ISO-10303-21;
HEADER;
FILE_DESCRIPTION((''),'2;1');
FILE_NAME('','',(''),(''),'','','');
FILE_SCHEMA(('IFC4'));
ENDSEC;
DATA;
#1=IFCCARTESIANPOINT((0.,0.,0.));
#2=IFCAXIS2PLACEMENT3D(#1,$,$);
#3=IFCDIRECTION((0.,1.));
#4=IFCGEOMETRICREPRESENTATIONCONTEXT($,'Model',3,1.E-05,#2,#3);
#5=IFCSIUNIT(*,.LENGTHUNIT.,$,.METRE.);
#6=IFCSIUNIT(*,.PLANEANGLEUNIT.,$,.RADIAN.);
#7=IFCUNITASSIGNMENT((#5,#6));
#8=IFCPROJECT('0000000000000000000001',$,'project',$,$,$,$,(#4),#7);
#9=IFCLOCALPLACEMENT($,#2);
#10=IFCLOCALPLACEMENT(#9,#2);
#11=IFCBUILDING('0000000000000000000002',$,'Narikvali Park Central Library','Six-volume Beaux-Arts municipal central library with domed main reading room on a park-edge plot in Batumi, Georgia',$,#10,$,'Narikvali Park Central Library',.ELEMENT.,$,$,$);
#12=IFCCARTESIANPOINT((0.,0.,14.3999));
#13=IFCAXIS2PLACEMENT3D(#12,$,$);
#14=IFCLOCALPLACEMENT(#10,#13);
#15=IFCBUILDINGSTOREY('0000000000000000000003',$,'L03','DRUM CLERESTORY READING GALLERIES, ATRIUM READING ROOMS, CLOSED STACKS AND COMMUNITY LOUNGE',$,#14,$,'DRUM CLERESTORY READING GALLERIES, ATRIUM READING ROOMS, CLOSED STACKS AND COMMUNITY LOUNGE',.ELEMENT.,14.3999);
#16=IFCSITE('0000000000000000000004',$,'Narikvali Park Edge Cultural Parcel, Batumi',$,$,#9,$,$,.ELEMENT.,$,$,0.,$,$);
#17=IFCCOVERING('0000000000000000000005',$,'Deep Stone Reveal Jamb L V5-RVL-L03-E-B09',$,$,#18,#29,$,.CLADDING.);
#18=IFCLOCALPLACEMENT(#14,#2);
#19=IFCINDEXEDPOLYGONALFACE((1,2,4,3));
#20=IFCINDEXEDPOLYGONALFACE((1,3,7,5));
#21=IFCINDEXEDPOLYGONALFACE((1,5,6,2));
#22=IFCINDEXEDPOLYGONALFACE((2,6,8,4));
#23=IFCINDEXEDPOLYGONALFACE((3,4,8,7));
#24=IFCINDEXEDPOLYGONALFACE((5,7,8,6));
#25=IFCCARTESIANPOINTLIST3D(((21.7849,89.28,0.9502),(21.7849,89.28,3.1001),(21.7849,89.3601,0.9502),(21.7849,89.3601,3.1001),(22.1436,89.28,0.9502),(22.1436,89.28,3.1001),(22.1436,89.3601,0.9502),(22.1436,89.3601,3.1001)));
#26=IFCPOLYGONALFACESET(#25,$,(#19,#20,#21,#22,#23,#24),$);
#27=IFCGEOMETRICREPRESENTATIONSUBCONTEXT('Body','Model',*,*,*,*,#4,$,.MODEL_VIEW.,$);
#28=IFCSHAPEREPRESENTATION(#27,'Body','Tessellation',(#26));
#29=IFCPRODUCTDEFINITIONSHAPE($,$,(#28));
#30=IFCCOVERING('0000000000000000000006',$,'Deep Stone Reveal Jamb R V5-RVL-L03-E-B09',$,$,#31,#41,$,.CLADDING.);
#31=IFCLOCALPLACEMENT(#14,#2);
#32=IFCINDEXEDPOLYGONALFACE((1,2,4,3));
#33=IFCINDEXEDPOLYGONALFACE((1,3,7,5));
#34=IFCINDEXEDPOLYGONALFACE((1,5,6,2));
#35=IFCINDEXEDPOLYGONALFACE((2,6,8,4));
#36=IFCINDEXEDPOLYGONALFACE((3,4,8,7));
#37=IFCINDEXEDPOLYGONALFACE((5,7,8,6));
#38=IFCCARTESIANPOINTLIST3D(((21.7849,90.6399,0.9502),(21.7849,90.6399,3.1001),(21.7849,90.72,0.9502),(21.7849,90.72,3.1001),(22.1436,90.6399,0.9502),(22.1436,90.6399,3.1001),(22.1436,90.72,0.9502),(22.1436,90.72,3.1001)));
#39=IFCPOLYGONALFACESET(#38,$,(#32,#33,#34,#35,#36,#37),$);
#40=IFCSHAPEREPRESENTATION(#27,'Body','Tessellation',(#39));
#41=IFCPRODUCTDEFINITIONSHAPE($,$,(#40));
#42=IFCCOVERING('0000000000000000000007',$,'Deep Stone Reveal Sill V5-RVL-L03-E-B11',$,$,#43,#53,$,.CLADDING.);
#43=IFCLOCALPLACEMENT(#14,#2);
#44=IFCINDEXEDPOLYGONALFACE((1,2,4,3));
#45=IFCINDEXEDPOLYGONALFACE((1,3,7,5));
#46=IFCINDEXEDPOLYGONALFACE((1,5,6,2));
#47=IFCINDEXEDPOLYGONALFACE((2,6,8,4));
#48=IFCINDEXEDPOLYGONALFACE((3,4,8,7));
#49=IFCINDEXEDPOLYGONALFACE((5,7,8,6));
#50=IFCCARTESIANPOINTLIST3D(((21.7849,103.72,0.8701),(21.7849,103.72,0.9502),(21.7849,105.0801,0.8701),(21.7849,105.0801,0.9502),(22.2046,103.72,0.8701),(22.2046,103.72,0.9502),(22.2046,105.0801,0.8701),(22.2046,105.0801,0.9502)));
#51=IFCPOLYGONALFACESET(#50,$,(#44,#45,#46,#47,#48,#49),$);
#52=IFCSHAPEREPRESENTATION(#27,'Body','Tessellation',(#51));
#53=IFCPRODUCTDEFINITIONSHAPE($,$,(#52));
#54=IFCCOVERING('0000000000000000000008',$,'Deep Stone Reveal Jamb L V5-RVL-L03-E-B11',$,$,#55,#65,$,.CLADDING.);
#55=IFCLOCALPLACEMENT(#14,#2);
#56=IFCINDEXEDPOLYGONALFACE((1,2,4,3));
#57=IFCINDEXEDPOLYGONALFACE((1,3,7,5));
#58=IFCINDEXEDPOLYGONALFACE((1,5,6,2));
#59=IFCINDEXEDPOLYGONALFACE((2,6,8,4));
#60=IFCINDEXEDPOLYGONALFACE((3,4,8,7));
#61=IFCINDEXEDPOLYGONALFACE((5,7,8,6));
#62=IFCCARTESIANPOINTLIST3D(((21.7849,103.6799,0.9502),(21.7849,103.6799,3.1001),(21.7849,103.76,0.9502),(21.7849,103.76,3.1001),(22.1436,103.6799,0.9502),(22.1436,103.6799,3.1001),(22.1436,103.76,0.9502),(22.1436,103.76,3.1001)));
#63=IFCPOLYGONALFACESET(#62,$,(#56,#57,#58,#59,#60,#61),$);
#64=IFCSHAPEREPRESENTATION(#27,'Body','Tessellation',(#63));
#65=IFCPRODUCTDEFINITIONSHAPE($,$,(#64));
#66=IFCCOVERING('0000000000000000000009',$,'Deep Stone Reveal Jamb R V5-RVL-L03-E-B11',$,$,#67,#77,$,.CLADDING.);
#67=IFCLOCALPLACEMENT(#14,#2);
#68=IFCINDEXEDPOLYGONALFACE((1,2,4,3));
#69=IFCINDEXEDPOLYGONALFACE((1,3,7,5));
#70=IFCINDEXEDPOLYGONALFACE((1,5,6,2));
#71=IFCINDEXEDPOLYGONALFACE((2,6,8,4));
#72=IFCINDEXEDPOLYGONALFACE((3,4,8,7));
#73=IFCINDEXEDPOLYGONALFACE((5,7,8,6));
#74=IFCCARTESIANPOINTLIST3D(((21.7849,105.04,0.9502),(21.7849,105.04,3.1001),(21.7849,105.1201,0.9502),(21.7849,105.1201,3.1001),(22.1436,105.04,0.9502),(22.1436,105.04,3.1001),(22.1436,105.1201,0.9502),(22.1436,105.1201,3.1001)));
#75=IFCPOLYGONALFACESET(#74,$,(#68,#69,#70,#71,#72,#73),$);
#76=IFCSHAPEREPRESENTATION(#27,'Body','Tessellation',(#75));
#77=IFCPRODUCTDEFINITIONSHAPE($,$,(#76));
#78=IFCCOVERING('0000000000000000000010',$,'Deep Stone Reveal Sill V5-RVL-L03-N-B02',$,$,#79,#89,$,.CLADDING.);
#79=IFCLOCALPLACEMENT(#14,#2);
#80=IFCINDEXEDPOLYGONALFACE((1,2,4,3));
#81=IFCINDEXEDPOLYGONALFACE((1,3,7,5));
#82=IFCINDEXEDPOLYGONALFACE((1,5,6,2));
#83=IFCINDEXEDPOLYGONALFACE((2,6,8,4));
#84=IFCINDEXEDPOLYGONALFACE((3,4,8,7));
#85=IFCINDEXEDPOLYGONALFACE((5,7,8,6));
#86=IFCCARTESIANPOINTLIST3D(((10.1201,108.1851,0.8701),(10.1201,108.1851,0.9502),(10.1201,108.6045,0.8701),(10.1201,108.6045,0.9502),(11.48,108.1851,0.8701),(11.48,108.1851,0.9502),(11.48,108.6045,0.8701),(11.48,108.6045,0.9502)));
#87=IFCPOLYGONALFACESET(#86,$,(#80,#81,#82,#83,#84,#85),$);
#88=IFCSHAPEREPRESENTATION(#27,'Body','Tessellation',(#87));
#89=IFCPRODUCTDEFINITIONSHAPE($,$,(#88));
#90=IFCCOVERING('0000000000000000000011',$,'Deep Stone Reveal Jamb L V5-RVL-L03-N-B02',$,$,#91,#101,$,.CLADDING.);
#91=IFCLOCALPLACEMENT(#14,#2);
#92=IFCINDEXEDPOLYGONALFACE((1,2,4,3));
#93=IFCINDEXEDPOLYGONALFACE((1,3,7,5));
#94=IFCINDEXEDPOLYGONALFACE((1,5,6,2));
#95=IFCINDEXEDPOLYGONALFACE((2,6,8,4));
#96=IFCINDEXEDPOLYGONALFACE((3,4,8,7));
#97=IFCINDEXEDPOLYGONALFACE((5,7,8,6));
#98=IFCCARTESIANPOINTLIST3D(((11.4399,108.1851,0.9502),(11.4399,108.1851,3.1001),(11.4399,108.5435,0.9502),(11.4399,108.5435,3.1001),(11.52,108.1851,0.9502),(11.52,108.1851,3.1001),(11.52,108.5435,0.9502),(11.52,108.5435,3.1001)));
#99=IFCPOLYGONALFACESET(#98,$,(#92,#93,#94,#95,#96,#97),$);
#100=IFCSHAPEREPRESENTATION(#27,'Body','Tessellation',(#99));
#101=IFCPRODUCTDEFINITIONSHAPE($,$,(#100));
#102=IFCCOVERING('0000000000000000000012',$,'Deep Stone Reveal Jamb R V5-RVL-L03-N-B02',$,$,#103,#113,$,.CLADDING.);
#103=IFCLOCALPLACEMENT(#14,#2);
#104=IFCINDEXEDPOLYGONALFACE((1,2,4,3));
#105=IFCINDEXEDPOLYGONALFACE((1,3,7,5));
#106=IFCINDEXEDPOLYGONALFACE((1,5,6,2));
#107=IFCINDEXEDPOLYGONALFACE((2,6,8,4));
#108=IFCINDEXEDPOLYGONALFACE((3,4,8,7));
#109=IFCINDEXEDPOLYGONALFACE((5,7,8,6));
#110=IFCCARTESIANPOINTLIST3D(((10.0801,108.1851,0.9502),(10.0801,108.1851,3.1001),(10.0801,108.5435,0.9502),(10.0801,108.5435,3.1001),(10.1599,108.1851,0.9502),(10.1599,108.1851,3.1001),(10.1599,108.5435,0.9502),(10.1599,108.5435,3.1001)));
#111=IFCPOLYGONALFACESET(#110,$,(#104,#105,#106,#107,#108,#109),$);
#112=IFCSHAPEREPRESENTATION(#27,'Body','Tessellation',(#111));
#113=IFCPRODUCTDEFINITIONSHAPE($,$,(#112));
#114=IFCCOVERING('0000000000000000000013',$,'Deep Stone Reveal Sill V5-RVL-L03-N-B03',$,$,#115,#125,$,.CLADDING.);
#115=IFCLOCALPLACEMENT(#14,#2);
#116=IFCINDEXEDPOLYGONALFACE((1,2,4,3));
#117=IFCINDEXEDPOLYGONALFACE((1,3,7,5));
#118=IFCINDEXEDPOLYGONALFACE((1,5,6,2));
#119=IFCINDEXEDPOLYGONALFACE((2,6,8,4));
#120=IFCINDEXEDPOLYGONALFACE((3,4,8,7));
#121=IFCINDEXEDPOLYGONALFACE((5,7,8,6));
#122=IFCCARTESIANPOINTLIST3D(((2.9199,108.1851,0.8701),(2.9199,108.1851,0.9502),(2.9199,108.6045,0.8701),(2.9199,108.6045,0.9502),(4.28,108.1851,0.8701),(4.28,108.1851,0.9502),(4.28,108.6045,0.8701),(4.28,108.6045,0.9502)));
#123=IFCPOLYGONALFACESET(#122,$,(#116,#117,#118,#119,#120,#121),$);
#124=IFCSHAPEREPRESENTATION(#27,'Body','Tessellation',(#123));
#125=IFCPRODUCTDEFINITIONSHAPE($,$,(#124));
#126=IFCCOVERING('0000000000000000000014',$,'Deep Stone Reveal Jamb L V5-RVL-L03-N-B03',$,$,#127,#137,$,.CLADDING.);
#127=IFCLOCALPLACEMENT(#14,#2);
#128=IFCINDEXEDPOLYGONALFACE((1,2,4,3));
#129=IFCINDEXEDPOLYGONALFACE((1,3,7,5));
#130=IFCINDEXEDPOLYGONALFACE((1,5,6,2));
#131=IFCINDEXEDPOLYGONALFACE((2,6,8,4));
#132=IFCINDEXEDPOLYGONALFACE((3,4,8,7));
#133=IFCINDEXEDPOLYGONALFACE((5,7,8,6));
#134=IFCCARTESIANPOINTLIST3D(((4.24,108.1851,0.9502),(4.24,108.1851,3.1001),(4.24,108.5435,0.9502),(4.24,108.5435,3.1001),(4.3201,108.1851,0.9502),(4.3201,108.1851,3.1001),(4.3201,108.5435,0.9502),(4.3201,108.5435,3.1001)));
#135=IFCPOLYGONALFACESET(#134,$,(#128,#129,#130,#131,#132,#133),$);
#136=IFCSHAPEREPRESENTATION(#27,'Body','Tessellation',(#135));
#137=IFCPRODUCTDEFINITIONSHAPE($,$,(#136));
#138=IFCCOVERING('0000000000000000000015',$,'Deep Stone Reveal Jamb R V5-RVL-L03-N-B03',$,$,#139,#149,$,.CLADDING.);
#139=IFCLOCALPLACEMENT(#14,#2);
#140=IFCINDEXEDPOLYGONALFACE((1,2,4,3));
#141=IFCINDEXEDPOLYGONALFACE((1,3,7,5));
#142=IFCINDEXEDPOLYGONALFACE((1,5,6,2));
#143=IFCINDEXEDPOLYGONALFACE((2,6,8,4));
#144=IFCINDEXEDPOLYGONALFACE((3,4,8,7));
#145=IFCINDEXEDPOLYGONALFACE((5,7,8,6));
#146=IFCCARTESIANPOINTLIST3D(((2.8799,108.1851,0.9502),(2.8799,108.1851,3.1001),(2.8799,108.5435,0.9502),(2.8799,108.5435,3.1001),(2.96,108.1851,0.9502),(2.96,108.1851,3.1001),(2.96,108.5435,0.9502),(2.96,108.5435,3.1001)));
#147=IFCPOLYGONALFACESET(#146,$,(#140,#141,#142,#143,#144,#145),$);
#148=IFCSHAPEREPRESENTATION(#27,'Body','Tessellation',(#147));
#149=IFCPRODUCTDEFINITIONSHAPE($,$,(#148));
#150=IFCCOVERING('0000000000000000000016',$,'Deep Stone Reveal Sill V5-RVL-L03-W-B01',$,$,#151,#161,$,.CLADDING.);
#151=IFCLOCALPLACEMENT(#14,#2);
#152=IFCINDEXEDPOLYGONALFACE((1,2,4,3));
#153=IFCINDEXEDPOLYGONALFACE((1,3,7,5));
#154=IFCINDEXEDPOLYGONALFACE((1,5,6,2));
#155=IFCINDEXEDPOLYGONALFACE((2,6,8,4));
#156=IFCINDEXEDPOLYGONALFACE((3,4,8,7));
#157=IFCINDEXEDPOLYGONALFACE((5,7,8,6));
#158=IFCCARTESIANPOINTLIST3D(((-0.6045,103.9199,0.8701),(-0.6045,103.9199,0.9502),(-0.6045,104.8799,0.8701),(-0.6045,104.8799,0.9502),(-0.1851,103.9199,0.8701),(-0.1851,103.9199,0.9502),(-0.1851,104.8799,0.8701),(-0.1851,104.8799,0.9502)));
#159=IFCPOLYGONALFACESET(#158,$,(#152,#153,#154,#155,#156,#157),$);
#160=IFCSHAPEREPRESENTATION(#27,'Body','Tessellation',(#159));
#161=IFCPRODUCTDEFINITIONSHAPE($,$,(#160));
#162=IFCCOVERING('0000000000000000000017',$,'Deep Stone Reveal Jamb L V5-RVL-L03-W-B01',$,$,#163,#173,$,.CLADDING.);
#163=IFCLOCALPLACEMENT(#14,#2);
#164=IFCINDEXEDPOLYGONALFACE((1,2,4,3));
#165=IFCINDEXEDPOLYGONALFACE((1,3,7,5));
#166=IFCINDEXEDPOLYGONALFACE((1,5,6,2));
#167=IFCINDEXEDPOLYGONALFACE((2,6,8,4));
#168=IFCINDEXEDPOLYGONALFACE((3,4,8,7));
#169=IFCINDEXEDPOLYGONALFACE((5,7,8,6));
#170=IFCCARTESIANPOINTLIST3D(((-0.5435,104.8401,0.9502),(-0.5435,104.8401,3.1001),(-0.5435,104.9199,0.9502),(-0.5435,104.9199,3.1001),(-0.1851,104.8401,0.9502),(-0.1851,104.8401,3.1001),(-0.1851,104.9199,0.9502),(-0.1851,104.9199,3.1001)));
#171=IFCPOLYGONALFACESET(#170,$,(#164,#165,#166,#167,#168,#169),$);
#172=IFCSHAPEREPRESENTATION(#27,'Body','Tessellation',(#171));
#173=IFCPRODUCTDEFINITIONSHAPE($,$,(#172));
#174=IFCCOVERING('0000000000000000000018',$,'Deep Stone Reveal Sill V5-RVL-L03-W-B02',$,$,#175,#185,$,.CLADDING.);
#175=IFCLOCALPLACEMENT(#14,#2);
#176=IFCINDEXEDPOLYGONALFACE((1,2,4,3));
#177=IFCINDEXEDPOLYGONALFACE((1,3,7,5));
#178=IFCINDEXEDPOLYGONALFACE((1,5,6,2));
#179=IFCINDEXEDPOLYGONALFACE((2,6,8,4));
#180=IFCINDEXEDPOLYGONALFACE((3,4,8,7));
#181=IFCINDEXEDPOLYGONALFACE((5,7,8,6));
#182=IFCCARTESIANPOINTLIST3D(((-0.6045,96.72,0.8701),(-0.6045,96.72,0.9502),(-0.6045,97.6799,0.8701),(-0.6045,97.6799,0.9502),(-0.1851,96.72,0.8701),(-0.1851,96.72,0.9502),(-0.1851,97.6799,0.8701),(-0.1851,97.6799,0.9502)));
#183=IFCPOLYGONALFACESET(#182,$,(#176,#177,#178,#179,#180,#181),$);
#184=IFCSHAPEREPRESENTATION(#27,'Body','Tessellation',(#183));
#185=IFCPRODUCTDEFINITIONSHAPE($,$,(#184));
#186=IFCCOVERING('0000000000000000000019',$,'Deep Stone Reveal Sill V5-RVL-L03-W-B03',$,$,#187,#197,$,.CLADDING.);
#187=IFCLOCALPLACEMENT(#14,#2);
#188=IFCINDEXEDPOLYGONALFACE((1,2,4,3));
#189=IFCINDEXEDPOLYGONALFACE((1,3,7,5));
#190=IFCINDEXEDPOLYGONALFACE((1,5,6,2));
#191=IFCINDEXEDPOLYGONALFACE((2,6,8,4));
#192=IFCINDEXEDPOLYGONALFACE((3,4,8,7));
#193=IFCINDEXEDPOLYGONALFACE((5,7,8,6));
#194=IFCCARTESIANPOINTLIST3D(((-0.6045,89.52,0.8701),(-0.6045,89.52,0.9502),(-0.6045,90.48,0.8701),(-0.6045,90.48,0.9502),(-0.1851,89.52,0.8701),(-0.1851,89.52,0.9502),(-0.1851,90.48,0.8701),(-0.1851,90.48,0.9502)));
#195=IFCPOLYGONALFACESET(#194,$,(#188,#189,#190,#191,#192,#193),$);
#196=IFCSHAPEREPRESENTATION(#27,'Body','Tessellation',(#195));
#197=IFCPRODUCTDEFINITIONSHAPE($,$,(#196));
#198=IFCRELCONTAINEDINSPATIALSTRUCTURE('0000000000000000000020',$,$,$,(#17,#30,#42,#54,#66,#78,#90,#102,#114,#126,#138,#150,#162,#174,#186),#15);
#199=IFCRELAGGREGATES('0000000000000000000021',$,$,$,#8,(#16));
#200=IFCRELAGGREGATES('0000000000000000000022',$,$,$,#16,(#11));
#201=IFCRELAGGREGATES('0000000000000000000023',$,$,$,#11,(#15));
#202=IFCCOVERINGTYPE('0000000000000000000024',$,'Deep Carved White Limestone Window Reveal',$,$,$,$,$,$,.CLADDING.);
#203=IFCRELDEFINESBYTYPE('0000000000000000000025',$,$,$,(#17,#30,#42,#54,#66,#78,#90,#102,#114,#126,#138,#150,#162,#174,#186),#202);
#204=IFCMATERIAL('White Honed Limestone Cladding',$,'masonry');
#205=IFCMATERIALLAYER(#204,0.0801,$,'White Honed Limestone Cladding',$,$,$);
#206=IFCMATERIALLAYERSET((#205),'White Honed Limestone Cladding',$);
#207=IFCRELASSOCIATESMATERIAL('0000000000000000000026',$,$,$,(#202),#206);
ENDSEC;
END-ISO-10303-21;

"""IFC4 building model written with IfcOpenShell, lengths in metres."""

from ifc_helpers import new_model, si_unit, direction, frame, origin, place, context, subcontext, project, spatial, polyline, outline, extrude, material, layer, layer_set, type_object, element, save


model = new_model("IFC4")

# Units and contexts
model_context = context("Model", 3, precision=1e-05, world=origin(), true_north=direction((0.0, 1.0)))
body_context = subcontext(model_context, "Body", "Model", "MODEL_VIEW")
ifc_project = project(units=[si_unit("LENGTHUNIT", "METRE"), si_unit("PLANEANGLEUNIT", "RADIAN")], contexts=[model_context])

# Site, building, storey
site_placement = place(None, origin())
site = spatial("IfcSite", under=ifc_project, at=site_placement, Name="Narikvali Park Edge Cultural Parcel, Batumi", CompositionType="ELEMENT", RefElevation=0.0)
building_placement = place(site_placement, origin())
building = spatial("IfcBuilding", under=site, at=building_placement, Name="Narikvali Park Central Library", Description="Six-volume Beaux-Arts municipal central library with domed main reading room on a park-edge plot in Batumi, Georgia", LongName="Narikvali Park Central Library", CompositionType="ELEMENT")
storey_placement = place(building_placement, frame((0.0, 0.0, 14.3999)))
storey = spatial("IfcBuildingStorey", under=building, at=storey_placement, Name="L03", Description="DRUM CLERESTORY READING GALLERIES, ATRIUM READING ROOMS, CLOSED STACKS AND COMMUNITY LOUNGE", LongName="DRUM CLERESTORY READING GALLERIES, ATRIUM READING ROOMS, CLOSED STACKS AND COMMUNITY LOUNGE", CompositionType="ELEMENT", Elevation=14.3999)

# Coverings
ifc_material = material(Name="White Honed Limestone Cladding", Category="masonry")
ifc_layer = layer(ifc_material, 0.0801, Name="White Honed Limestone Cladding")
ifc_layer_set = layer_set([ifc_layer], Name="White Honed Limestone Cladding")
covering_type = type_object("IfcCoveringType", Name="Deep Carved White Limestone Window Reveal", PredefinedType="CLADDING", material=ifc_layer_set)
covering_1_placement = place(storey_placement, frame((0.0, 0.0, 0.9502)))
element("IfcCovering", 1, at=covering_1_placement, inside=storey, type_object=covering_type, Name="Deep Stone Reveal Jamb L V5-RVL-L03-E-B09", PredefinedType="CLADDING", context=body_context, shape_type="SweptSolid", body=[
    extrude(outline(polyline([(21.7849, 89.28), (21.7849, 89.3601), (22.1436, 89.3601), (22.1436, 89.28), (21.7849, 89.28)])), origin(), (0.0, 0.0, 1.0), 2.1499),
])
covering_2_placement = place(storey_placement, frame((0.0, 0.0, 0.9502)))
element("IfcCovering", 2, at=covering_2_placement, inside=storey, type_object=covering_type, Name="Deep Stone Reveal Jamb R V5-RVL-L03-E-B09", PredefinedType="CLADDING", context=body_context, shape_type="SweptSolid", body=[
    extrude(outline(polyline([(21.7849, 90.6399), (21.7849, 90.72), (22.1436, 90.72), (22.1436, 90.6399), (21.7849, 90.6399)])), origin(), (0.0, 0.0, 1.0), 2.1499),
])
covering_3_placement = place(storey_placement, frame((0.0, 0.0, 0.8701)))
element("IfcCovering", 3, at=covering_3_placement, inside=storey, type_object=covering_type, Name="Deep Stone Reveal Sill V5-RVL-L03-E-B11", PredefinedType="CLADDING", context=body_context, shape_type="SweptSolid", body=[
    extrude(outline(polyline([(21.7849, 103.72), (21.7849, 105.0801), (22.2046, 105.0801), (22.2046, 103.72), (21.7849, 103.72)])), origin(), (0.0, 0.0, 1.0), 0.0801),
])
covering_4_placement = place(storey_placement, frame((0.0, 0.0, 0.9502)))
element("IfcCovering", 4, at=covering_4_placement, inside=storey, type_object=covering_type, Name="Deep Stone Reveal Jamb L V5-RVL-L03-E-B11", PredefinedType="CLADDING", context=body_context, shape_type="SweptSolid", body=[
    extrude(outline(polyline([(21.7849, 103.6799), (21.7849, 103.76), (22.1436, 103.76), (22.1436, 103.6799), (21.7849, 103.6799)])), origin(), (0.0, 0.0, 1.0), 2.1499),
])
covering_5_placement = place(storey_placement, frame((0.0, 0.0, 0.9502)))
element("IfcCovering", 5, at=covering_5_placement, inside=storey, type_object=covering_type, Name="Deep Stone Reveal Jamb R V5-RVL-L03-E-B11", PredefinedType="CLADDING", context=body_context, shape_type="SweptSolid", body=[
    extrude(outline(polyline([(21.7849, 105.04), (21.7849, 105.1201), (22.1436, 105.1201), (22.1436, 105.04), (21.7849, 105.04)])), origin(), (0.0, 0.0, 1.0), 2.1499),
])
covering_6_placement = place(storey_placement, frame((0.0, 0.0, 0.8701)))
element("IfcCovering", 6, at=covering_6_placement, inside=storey, type_object=covering_type, Name="Deep Stone Reveal Sill V5-RVL-L03-N-B02", PredefinedType="CLADDING", context=body_context, shape_type="SweptSolid", body=[
    extrude(outline(polyline([(11.48, 108.1851), (10.1201, 108.1851), (10.1201, 108.6045), (11.48, 108.6045), (11.48, 108.1851)])), origin(), (0.0, 0.0, 1.0), 0.0801),
])
covering_7_placement = place(storey_placement, frame((0.0, 0.0, 0.9502)))
element("IfcCovering", 7, at=covering_7_placement, inside=storey, type_object=covering_type, Name="Deep Stone Reveal Jamb L V5-RVL-L03-N-B02", PredefinedType="CLADDING", context=body_context, shape_type="SweptSolid", body=[
    extrude(outline(polyline([(11.52, 108.1851), (11.4399, 108.1851), (11.4399, 108.5435), (11.52, 108.5435), (11.52, 108.1851)])), origin(), (0.0, 0.0, 1.0), 2.1499),
])
covering_8_placement = place(storey_placement, frame((0.0, 0.0, 0.9502)))
element("IfcCovering", 8, at=covering_8_placement, inside=storey, type_object=covering_type, Name="Deep Stone Reveal Jamb R V5-RVL-L03-N-B02", PredefinedType="CLADDING", context=body_context, shape_type="SweptSolid", body=[
    extrude(outline(polyline([(10.1599, 108.1851), (10.0801, 108.1851), (10.0801, 108.5435), (10.1599, 108.5435), (10.1599, 108.1851)])), origin(), (0.0, 0.0, 1.0), 2.1499),
])
covering_9_placement = place(storey_placement, frame((0.0, 0.0, 0.8701)))
element("IfcCovering", 9, at=covering_9_placement, inside=storey, type_object=covering_type, Name="Deep Stone Reveal Sill V5-RVL-L03-N-B03", PredefinedType="CLADDING", context=body_context, shape_type="SweptSolid", body=[
    extrude(outline(polyline([(4.28, 108.1851), (2.9199, 108.1851), (2.9199, 108.6045), (4.28, 108.6045), (4.28, 108.1851)])), origin(), (0.0, 0.0, 1.0), 0.0801),
])
covering_10_placement = place(storey_placement, frame((0.0, 0.0, 0.9502)))
element("IfcCovering", 10, at=covering_10_placement, inside=storey, type_object=covering_type, Name="Deep Stone Reveal Jamb L V5-RVL-L03-N-B03", PredefinedType="CLADDING", context=body_context, shape_type="SweptSolid", body=[
    extrude(outline(polyline([(4.3201, 108.1851), (4.24, 108.1851), (4.24, 108.5435), (4.3201, 108.5435), (4.3201, 108.1851)])), origin(), (0.0, 0.0, 1.0), 2.1499),
])
covering_11_placement = place(storey_placement, frame((0.0, 0.0, 0.9502)))
element("IfcCovering", 11, at=covering_11_placement, inside=storey, type_object=covering_type, Name="Deep Stone Reveal Jamb R V5-RVL-L03-N-B03", PredefinedType="CLADDING", context=body_context, shape_type="SweptSolid", body=[
    extrude(outline(polyline([(2.96, 108.1851), (2.8799, 108.1851), (2.8799, 108.5435), (2.96, 108.5435), (2.96, 108.1851)])), origin(), (0.0, 0.0, 1.0), 2.1499),
])
covering_12_placement = place(storey_placement, frame((0.0, 0.0, 0.8701)))
element("IfcCovering", 12, at=covering_12_placement, inside=storey, type_object=covering_type, Name="Deep Stone Reveal Sill V5-RVL-L03-W-B01", PredefinedType="CLADDING", context=body_context, shape_type="SweptSolid", body=[
    extrude(outline(polyline([(-0.1851, 104.8799), (-0.1851, 103.9199), (-0.6045, 103.9199), (-0.6045, 104.8799), (-0.1851, 104.8799)])), origin(), (0.0, 0.0, 1.0), 0.0801),
])
covering_13_placement = place(storey_placement, frame((0.0, 0.0, 0.9502)))
element("IfcCovering", 13, at=covering_13_placement, inside=storey, type_object=covering_type, Name="Deep Stone Reveal Jamb L V5-RVL-L03-W-B01", PredefinedType="CLADDING", context=body_context, shape_type="SweptSolid", body=[
    extrude(outline(polyline([(-0.1851, 104.9199), (-0.1851, 104.8401), (-0.5435, 104.8401), (-0.5435, 104.9199), (-0.1851, 104.9199)])), origin(), (0.0, 0.0, 1.0), 2.1499),
])
covering_14_placement = place(storey_placement, frame((0.0, 0.0, 0.8701)))
element("IfcCovering", 14, at=covering_14_placement, inside=storey, type_object=covering_type, Name="Deep Stone Reveal Sill V5-RVL-L03-W-B02", PredefinedType="CLADDING", context=body_context, shape_type="SweptSolid", body=[
    extrude(outline(polyline([(-0.1851, 97.6799), (-0.1851, 96.72), (-0.6045, 96.72), (-0.6045, 97.6799), (-0.1851, 97.6799)])), origin(), (0.0, 0.0, 1.0), 0.0801),
])
covering_15_placement = place(storey_placement, frame((0.0, 0.0, 0.8701)))
element("IfcCovering", 15, at=covering_15_placement, inside=storey, type_object=covering_type, Name="Deep Stone Reveal Sill V5-RVL-L03-W-B03", PredefinedType="CLADDING", context=body_context, shape_type="SweptSolid", body=[
    extrude(outline(polyline([(-0.1851, 90.48), (-0.1851, 89.52), (-0.6045, 89.52), (-0.6045, 90.48), (-0.1851, 90.48)])), origin(), (0.0, 0.0, 1.0), 0.0801),
])

save(model, "model.ifc")
